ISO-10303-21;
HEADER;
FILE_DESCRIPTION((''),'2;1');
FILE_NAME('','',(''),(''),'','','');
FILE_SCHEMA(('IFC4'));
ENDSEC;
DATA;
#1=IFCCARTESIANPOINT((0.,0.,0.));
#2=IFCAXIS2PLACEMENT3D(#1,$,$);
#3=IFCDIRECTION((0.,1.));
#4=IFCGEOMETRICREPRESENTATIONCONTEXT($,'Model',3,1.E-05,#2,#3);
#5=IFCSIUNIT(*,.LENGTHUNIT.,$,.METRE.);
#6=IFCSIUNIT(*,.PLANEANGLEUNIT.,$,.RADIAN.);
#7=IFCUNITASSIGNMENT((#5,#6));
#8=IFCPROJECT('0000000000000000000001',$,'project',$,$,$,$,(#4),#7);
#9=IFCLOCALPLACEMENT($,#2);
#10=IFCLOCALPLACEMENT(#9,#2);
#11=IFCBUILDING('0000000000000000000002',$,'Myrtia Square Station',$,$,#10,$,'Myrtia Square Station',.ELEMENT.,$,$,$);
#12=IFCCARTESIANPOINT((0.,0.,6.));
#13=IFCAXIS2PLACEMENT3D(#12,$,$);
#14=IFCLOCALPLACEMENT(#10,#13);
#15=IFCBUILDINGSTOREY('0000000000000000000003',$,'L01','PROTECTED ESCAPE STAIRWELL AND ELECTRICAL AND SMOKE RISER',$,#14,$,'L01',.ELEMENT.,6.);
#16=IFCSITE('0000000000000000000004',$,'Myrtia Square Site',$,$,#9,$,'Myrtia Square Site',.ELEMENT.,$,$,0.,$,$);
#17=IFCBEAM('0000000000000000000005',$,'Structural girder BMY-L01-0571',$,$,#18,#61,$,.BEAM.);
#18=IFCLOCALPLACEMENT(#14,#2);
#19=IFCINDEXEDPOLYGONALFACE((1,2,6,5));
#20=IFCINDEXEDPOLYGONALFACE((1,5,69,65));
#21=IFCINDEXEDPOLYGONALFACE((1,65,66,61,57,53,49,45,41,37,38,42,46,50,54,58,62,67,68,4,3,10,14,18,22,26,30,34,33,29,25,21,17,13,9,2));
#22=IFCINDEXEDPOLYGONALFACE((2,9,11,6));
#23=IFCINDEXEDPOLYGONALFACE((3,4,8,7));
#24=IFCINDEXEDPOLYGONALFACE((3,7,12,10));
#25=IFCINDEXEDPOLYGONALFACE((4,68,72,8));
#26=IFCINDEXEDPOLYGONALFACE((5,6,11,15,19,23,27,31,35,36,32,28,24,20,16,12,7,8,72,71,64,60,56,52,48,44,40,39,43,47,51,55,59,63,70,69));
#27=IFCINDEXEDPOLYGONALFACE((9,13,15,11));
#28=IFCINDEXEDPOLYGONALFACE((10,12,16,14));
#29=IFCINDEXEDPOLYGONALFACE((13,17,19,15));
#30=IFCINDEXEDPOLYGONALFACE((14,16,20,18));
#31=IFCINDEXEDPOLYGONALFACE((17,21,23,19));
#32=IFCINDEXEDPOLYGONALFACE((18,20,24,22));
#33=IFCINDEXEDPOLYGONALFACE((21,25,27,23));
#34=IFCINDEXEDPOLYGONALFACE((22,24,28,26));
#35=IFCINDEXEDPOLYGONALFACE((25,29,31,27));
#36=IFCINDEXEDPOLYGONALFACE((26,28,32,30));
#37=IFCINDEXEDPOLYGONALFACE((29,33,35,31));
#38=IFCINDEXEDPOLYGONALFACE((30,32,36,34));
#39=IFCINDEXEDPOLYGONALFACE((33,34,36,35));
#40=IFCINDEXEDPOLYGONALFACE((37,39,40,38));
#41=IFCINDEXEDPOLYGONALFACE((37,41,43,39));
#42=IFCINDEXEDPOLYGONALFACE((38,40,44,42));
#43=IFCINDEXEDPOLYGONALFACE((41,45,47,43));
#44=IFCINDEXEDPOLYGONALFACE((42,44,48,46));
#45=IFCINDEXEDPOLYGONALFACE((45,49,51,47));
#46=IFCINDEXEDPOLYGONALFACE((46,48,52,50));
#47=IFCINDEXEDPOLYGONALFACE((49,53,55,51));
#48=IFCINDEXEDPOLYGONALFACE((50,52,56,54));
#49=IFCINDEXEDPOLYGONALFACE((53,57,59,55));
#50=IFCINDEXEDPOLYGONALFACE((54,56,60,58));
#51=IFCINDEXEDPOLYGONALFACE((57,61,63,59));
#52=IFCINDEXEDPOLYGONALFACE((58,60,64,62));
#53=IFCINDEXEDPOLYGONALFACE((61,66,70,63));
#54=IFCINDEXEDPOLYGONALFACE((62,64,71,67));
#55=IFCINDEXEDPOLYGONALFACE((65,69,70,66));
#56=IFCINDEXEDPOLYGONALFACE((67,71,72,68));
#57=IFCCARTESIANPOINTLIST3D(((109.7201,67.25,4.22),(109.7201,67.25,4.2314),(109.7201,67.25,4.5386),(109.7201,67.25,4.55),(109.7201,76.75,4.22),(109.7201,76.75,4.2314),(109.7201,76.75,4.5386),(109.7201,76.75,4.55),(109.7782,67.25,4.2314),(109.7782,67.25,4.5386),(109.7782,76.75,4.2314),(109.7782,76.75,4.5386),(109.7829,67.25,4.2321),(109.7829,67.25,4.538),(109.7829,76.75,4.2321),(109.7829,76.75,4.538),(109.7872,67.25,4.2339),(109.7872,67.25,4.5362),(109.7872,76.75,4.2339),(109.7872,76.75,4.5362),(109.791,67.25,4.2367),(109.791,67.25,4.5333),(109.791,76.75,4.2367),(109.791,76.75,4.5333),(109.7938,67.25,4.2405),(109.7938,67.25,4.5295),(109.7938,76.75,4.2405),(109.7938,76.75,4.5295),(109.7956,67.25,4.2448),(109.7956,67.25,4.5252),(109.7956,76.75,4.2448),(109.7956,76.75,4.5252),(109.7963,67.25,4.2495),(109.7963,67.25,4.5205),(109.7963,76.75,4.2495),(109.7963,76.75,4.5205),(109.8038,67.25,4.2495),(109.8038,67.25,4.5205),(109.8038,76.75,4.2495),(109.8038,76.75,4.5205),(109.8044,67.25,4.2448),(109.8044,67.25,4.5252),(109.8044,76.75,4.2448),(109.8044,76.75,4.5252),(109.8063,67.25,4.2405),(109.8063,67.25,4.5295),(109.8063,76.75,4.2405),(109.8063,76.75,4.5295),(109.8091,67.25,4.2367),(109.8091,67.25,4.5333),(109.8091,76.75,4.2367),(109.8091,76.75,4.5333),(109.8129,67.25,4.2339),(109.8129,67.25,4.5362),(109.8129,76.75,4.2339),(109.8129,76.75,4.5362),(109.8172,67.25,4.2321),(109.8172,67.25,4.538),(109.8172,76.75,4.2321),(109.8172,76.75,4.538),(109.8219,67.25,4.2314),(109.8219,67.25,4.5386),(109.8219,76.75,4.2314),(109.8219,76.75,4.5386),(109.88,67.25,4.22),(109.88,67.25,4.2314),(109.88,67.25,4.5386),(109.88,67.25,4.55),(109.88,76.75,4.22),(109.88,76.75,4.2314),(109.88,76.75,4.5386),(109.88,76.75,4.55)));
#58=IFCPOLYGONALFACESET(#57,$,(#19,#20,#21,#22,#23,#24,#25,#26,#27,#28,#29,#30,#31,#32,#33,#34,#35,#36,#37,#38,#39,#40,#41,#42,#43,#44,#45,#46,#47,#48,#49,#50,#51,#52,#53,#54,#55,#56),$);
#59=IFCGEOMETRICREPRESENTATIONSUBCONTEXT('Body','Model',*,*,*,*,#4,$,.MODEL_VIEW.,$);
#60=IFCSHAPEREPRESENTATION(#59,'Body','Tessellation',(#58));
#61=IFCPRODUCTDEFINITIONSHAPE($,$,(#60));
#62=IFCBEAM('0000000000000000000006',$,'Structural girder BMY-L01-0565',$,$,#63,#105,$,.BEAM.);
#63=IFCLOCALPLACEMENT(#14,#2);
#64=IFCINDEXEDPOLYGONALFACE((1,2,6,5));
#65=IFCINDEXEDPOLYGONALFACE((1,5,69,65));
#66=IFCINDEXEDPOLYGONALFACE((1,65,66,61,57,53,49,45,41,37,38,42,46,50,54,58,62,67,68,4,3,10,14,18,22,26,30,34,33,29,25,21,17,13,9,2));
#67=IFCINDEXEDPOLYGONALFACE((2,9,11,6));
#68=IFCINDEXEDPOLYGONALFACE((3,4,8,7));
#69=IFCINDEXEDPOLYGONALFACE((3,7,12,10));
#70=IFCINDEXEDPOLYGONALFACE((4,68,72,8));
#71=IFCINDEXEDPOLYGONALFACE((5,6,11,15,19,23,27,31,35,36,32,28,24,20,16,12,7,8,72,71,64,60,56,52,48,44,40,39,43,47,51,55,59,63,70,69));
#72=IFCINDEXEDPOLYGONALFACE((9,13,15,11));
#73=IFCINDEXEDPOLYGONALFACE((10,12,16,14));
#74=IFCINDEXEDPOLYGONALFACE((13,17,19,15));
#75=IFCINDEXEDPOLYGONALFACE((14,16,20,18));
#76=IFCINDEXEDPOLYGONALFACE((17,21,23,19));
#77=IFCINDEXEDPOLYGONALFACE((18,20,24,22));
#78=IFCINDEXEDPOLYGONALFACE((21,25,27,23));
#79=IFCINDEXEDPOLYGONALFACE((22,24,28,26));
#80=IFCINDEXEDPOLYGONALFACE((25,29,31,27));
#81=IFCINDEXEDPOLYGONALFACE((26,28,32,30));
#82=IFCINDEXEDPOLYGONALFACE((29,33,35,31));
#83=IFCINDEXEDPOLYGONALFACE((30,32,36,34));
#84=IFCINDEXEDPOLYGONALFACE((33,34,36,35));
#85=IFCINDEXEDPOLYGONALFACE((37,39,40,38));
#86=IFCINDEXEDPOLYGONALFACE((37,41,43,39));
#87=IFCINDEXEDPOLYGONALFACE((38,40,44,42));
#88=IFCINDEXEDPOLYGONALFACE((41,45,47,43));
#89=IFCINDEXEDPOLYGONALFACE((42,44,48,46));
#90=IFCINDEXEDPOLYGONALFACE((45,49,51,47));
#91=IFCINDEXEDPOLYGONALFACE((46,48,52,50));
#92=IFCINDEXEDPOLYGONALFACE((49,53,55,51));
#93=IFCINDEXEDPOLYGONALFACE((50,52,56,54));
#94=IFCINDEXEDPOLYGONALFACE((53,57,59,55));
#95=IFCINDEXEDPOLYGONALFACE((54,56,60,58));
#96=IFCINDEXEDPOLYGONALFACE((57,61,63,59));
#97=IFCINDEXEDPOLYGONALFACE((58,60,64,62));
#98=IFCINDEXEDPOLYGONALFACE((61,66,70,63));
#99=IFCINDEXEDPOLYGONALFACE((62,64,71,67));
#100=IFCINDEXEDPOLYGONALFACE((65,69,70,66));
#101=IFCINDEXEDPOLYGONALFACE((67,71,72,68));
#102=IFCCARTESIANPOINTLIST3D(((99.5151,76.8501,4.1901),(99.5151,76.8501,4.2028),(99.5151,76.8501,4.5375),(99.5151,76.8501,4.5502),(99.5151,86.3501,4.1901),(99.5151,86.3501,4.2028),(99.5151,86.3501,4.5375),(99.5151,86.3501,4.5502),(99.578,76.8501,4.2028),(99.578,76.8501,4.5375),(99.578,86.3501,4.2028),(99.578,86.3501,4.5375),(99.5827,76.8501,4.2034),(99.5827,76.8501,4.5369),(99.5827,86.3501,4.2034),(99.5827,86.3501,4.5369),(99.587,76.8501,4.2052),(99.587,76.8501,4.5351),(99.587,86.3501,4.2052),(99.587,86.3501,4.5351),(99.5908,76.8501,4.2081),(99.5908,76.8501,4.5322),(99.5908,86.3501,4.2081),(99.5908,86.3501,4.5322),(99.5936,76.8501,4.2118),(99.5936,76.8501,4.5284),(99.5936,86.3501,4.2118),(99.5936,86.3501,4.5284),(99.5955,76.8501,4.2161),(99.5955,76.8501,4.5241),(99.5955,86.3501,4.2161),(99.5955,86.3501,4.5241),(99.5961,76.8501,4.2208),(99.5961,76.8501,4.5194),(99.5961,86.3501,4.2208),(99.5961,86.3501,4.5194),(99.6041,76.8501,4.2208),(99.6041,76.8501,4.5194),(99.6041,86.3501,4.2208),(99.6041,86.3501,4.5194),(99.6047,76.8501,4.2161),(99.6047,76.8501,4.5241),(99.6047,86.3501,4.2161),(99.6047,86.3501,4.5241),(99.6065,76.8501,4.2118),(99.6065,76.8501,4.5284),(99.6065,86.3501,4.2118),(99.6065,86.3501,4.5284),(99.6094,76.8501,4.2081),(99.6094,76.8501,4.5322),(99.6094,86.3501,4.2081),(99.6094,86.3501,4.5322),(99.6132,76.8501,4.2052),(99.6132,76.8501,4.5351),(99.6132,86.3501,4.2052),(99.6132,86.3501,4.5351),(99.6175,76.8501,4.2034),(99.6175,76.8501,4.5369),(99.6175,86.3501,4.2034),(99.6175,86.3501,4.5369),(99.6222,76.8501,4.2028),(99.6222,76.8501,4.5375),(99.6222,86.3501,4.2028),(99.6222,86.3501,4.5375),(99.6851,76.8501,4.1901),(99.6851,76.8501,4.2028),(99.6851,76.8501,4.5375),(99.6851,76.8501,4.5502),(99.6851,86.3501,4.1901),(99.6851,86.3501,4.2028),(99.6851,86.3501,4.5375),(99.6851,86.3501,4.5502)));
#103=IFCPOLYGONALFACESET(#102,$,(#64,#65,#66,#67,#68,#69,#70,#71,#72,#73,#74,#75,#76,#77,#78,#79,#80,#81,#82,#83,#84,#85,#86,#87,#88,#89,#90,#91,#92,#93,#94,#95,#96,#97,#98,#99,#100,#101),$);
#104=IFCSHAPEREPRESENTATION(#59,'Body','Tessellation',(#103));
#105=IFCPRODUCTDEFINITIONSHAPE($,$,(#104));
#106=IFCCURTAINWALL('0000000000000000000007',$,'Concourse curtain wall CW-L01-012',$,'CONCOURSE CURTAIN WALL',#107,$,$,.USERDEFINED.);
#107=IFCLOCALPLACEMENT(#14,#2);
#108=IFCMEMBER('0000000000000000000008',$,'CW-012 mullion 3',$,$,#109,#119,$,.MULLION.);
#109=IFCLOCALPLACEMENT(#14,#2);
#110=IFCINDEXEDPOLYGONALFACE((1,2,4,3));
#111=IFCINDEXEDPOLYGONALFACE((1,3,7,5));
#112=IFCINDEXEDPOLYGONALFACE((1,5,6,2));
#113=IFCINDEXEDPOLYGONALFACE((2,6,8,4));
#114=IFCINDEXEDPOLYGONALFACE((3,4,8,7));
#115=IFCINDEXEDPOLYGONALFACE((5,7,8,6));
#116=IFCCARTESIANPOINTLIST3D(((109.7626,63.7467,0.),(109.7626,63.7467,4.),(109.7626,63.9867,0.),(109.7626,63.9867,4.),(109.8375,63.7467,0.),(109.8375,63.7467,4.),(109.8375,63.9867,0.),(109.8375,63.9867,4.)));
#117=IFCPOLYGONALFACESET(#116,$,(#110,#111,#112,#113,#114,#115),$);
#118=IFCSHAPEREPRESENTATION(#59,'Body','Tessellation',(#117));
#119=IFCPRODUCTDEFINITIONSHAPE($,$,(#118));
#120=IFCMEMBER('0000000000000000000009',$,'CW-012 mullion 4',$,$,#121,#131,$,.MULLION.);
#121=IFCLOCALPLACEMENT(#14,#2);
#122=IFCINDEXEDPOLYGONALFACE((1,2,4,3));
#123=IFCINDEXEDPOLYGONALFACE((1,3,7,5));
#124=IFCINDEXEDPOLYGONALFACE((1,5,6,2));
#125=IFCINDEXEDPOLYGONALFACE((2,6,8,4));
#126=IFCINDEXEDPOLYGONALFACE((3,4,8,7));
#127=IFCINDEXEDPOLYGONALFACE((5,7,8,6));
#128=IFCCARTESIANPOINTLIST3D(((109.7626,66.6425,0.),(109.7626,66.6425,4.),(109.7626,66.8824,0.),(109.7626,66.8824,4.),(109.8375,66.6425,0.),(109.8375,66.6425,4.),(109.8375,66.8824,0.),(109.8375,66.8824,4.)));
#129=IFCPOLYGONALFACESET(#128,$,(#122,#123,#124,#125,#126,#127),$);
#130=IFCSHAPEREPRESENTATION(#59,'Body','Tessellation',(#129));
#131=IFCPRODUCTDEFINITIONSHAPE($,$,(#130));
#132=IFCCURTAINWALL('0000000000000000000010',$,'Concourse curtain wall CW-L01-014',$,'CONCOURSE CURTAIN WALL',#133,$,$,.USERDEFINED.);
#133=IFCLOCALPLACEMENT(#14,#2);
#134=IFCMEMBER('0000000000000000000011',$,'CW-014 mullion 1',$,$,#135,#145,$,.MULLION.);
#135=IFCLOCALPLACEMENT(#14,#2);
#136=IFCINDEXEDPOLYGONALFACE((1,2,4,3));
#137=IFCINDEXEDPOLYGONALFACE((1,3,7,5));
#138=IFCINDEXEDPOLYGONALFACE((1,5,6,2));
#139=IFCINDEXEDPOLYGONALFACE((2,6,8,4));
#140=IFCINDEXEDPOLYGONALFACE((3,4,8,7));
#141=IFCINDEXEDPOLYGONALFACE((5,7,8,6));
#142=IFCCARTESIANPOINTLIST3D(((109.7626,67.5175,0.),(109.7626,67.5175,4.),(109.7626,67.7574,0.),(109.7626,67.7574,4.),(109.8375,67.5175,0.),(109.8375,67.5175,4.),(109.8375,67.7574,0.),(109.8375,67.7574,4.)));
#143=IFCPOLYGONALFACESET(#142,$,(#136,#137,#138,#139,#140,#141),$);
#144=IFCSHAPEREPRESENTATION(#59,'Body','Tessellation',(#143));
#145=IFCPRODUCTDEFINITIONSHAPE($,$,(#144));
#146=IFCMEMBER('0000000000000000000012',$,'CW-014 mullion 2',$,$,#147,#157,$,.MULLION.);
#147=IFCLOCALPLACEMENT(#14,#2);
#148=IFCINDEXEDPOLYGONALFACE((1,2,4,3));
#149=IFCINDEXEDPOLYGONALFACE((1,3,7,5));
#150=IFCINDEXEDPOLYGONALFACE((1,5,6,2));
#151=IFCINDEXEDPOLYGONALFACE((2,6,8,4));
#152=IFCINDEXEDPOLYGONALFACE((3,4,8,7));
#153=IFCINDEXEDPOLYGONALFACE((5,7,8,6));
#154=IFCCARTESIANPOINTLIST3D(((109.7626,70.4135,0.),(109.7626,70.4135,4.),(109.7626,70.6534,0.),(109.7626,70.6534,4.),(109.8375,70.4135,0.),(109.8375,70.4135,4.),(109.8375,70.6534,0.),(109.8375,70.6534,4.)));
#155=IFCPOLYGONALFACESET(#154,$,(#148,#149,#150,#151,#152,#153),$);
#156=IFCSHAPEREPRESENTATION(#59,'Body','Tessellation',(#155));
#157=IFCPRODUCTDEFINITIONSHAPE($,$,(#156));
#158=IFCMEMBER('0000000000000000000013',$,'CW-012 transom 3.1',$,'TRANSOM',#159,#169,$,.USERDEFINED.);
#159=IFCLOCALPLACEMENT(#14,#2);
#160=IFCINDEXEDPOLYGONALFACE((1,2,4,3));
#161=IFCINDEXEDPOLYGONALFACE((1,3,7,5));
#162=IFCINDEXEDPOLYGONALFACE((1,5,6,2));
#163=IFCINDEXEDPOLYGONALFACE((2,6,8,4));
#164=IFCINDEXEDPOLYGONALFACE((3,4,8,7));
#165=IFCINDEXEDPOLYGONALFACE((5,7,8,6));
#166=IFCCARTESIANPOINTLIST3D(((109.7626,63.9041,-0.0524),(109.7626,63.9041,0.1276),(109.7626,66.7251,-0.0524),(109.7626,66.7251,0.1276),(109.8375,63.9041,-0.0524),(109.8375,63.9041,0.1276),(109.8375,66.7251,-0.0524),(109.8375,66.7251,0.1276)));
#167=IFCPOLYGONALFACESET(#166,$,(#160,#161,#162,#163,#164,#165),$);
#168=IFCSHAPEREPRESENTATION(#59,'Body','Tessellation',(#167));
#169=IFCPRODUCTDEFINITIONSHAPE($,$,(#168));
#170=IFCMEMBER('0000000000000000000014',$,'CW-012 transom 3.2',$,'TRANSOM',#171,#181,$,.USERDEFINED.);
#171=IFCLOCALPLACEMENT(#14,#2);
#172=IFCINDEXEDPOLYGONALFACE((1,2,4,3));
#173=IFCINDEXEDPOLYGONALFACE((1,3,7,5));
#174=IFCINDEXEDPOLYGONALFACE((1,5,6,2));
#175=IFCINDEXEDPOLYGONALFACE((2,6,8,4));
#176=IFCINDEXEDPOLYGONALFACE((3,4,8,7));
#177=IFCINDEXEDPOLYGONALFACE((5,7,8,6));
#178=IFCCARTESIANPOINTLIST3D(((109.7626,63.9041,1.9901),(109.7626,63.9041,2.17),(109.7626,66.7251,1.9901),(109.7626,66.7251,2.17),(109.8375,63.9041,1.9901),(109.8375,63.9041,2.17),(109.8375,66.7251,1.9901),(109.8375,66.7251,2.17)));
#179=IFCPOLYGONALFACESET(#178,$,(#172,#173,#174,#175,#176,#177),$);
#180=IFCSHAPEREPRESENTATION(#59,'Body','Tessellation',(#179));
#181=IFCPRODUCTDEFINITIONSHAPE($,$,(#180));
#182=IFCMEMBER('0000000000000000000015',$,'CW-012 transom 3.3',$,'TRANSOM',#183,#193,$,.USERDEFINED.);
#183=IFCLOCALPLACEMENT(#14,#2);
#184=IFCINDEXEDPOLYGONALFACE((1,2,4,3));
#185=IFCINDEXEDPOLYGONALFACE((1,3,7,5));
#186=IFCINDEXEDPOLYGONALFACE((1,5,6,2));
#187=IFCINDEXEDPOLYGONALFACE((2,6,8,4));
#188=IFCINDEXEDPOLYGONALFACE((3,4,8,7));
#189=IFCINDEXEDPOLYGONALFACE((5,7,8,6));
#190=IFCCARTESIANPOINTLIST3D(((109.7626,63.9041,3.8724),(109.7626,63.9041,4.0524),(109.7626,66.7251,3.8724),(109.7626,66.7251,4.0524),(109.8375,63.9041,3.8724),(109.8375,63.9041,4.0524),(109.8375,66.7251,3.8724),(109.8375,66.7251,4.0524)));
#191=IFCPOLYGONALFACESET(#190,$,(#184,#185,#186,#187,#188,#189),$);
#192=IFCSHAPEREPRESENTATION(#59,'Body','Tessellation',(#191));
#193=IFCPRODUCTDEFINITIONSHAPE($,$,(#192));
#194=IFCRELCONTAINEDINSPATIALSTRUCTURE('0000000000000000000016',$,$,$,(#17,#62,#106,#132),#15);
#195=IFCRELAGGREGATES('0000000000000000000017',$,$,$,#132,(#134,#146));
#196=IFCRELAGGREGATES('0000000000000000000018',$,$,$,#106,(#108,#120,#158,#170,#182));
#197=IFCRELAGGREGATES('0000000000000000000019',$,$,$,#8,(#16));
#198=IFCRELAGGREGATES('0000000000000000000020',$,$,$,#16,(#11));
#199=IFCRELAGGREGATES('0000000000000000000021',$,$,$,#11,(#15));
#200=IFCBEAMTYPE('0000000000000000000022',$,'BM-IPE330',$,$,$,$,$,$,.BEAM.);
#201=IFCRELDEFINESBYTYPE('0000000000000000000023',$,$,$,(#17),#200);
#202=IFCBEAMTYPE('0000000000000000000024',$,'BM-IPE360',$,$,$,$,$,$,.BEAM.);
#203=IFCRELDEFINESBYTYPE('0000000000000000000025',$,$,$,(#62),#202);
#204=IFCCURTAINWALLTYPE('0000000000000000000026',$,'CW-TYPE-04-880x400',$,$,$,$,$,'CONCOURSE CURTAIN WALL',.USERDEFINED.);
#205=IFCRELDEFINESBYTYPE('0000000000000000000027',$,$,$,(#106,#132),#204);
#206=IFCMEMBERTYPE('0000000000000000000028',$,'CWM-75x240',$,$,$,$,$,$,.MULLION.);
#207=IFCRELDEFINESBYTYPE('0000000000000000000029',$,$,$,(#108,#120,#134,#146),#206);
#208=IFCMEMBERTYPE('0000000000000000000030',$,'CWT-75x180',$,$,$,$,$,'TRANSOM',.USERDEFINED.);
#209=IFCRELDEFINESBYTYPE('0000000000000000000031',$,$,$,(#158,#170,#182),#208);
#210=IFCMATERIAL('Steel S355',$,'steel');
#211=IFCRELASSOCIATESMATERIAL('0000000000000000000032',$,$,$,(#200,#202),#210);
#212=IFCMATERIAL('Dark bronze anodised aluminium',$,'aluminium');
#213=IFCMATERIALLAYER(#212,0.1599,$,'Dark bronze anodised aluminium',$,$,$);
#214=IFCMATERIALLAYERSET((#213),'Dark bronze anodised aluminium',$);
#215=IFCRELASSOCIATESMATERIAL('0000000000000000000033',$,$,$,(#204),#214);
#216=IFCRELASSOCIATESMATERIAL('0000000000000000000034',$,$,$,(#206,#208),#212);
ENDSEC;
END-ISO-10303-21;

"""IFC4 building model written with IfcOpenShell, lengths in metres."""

from ifc_helpers import new_model, si_unit, direction, frame, origin, origin_2d, place, context, subcontext, project, spatial, rectangle, i_section, extrude, material, layer, layer_set, material_profile, profile_set, type_object, element, aggregate, save


model = new_model("IFC4")

# Units and contexts
model_context = context("Model", 3, precision=1e-05, world=origin(), true_north=direction((0.0, 1.0)))
body_context = subcontext(model_context, "Body", "Model", "MODEL_VIEW")
ifc_project = project(units=[si_unit("LENGTHUNIT", "METRE"), si_unit("PLANEANGLEUNIT", "RADIAN")], contexts=[model_context])

# Site, building, storey
site_placement = place(None, origin())
site = spatial("IfcSite", under=ifc_project, at=site_placement, Name="Myrtia Square Site", LongName="Myrtia Square Site", CompositionType="ELEMENT", RefElevation=0.0)
building_placement = place(site_placement, origin())
building = spatial("IfcBuilding", under=site, at=building_placement, Name="Myrtia Square Station", LongName="Myrtia Square Station", CompositionType="ELEMENT")
storey_placement = place(building_placement, frame((0.0, 0.0, 6.0)))
storey = spatial("IfcBuildingStorey", under=building, at=storey_placement, Name="L01", Description="PROTECTED ESCAPE STAIRWELL AND ELECTRICAL AND SMOKE RISER", LongName="L01", CompositionType="ELEMENT", Elevation=6.0)

# Shared definitions
ifc_material_1 = material(Name="Steel S355", Category="steel")

# Beams
ifc_material_profile_1 = material_profile(ifc_material_1, i_section(OverallWidth=0.1599, OverallDepth=0.3301, WebThickness=0.0076, FlangeThickness=0.0115, FilletRadius=0.0181, at=origin_2d()), Name="IPE 330")
ifc_profile_set_1 = profile_set([ifc_material_profile_1], Name="Steel S355")
beam_type_1 = type_object("IfcBeamType", Name="BM-IPE330", PredefinedType="BEAM", material=ifc_profile_set_1)
beam_1_placement = place(storey_placement, frame((109.8, 67.25, 4.385), z_axis=(0.0, 1.0, 0.0), x_axis=(-1.0, 0.0, 0.0)))
element("IfcBeam", 1, at=beam_1_placement, inside=storey, type_object=beam_type_1, Name="Structural girder BMY-L01-0571", PredefinedType="BEAM", context=body_context, shape_type="SweptSolid", body=[
    extrude(i_section(OverallWidth=0.1599, OverallDepth=0.3301, WebThickness=0.0076, FlangeThickness=0.0115, FilletRadius=0.0181, at=origin_2d()), origin(), (0.0, 0.0, 1.0), 9.5),
])
ifc_material_profile_2 = material_profile(ifc_material_1, i_section(OverallWidth=0.1699, OverallDepth=0.3601, WebThickness=0.0081, FlangeThickness=0.0127, FilletRadius=0.0181, at=origin_2d()), Name="IPE 360")
ifc_profile_set_2 = profile_set([ifc_material_profile_2], Name="Steel S355")
beam_type_2 = type_object("IfcBeamType", Name="BM-IPE360", PredefinedType="BEAM", material=ifc_profile_set_2)
beam_2_placement = place(storey_placement, frame((99.6001, 76.8501, 4.3701), z_axis=(0.0, 1.0, 0.0), x_axis=(-1.0, 0.0, 0.0)))
element("IfcBeam", 2, at=beam_2_placement, inside=storey, type_object=beam_type_2, Name="Structural girder BMY-L01-0565", PredefinedType="BEAM", context=body_context, shape_type="SweptSolid", body=[
    extrude(i_section(OverallWidth=0.1699, OverallDepth=0.3601, WebThickness=0.0081, FlangeThickness=0.0127, FilletRadius=0.0181, at=origin_2d()), origin(), (0.0, 0.0, 1.0), 9.5),
])

# Curtain walls, members
ifc_material_2 = material(Name="Dark bronze anodised aluminium", Category="aluminium")
ifc_layer_1 = layer(ifc_material_2, 0.1599, Name="Dark bronze anodised aluminium")
ifc_layer_set_1 = layer_set([ifc_layer_1], Name="Dark bronze anodised aluminium")
curtain_wall_type = type_object("IfcCurtainWallType", Name="CW-TYPE-04-880x400", ElementType="CONCOURSE CURTAIN WALL", PredefinedType="USERDEFINED", material=ifc_layer_set_1)
curtain_wall_1_placement = place(storey_placement, origin())
curtain_wall_1 = element("IfcCurtainWall", 3, at=curtain_wall_1_placement, inside=storey, type_object=curtain_wall_type, Name="Concourse curtain wall CW-L01-012", ObjectType="CONCOURSE CURTAIN WALL", PredefinedType="USERDEFINED")
ifc_material_profile_3 = material_profile(ifc_material_2, rectangle(XDim=0.075, YDim=0.24, at=origin_2d()), Name="ALU-M 75x240")
ifc_profile_set_3 = profile_set([ifc_material_profile_3], Name="Dark bronze anodised aluminium")
member_type_1 = type_object("IfcMemberType", Name="CWM-75x240", PredefinedType="MULLION", material=ifc_profile_set_3)
member_1_placement = place(storey_placement, frame((109.8, 63.8667, 0.0), z_axis=(0.0, 0.0, 1.0), x_axis=(-1.0, 0.0, 0.0)))
member_1 = element("IfcMember", 4, at=member_1_placement, type_object=member_type_1, Name="CW-012 mullion 3", PredefinedType="MULLION", context=body_context, shape_type="SweptSolid", body=[
    extrude(rectangle(XDim=0.075, YDim=0.24, at=origin_2d()), origin(), (0.0, 0.0, 1.0), 4.0),
])
member_2_placement = place(storey_placement, frame((109.8, 66.7625, 0.0), z_axis=(0.0, 0.0, 1.0), x_axis=(-1.0, 0.0, 0.0)))
member_2 = element("IfcMember", 5, at=member_2_placement, type_object=member_type_1, Name="CW-012 mullion 4", PredefinedType="MULLION", context=body_context, shape_type="SweptSolid", body=[
    extrude(rectangle(XDim=0.075, YDim=0.24, at=origin_2d()), origin(), (0.0, 0.0, 1.0), 4.0),
])
curtain_wall_2_placement = place(storey_placement, origin())
curtain_wall_2 = element("IfcCurtainWall", 6, at=curtain_wall_2_placement, inside=storey, type_object=curtain_wall_type, Name="Concourse curtain wall CW-L01-014", ObjectType="CONCOURSE CURTAIN WALL", PredefinedType="USERDEFINED")
member_3_placement = place(storey_placement, frame((109.8, 67.6375, 0.0), z_axis=(0.0, 0.0, 1.0), x_axis=(-1.0, 0.0, 0.0)))
member_3 = element("IfcMember", 7, at=member_3_placement, type_object=member_type_1, Name="CW-014 mullion 1", PredefinedType="MULLION", context=body_context, shape_type="SweptSolid", body=[
    extrude(rectangle(XDim=0.075, YDim=0.24, at=origin_2d()), origin(), (0.0, 0.0, 1.0), 4.0),
])
member_4_placement = place(storey_placement, frame((109.8, 70.5334, 0.0), z_axis=(0.0, 0.0, 1.0), x_axis=(-1.0, 0.0, 0.0)))
member_4 = element("IfcMember", 8, at=member_4_placement, type_object=member_type_1, Name="CW-014 mullion 2", PredefinedType="MULLION", context=body_context, shape_type="SweptSolid", body=[
    extrude(rectangle(XDim=0.075, YDim=0.24, at=origin_2d()), origin(), (0.0, 0.0, 1.0), 4.0),
])

# Members
ifc_material_profile_4 = material_profile(ifc_material_2, rectangle(XDim=0.075, YDim=0.1799, at=origin_2d()), Name="ALU-T 75x180")
ifc_profile_set_4 = profile_set([ifc_material_profile_4], Name="Dark bronze anodised aluminium")
member_type_2 = type_object("IfcMemberType", Name="CWT-75x180", ElementType="TRANSOM", PredefinedType="USERDEFINED", material=ifc_profile_set_4)
member_5_placement = place(storey_placement, frame((109.8, 63.9041, 0.0376), z_axis=(0.0, 1.0, 0.0), x_axis=(-1.0, 0.0, 0.0)))
member_5 = element("IfcMember", 9, at=member_5_placement, type_object=member_type_2, Name="CW-012 transom 3.1", ObjectType="TRANSOM", PredefinedType="USERDEFINED", context=body_context, shape_type="SweptSolid", body=[
    extrude(rectangle(XDim=0.075, YDim=0.1799, at=origin_2d()), origin(), (0.0, 0.0, 1.0), 2.821),
])
member_6_placement = place(storey_placement, frame((109.8, 63.9041, 2.0801), z_axis=(0.0, 1.0, 0.0), x_axis=(-1.0, 0.0, 0.0)))
member_6 = element("IfcMember", 10, at=member_6_placement, type_object=member_type_2, Name="CW-012 transom 3.2", ObjectType="TRANSOM", PredefinedType="USERDEFINED", context=body_context, shape_type="SweptSolid", body=[
    extrude(rectangle(XDim=0.075, YDim=0.1799, at=origin_2d()), origin(), (0.0, 0.0, 1.0), 2.821),
])
member_7_placement = place(storey_placement, frame((109.8, 63.9041, 3.9624), z_axis=(0.0, 1.0, 0.0), x_axis=(-1.0, 0.0, 0.0)))
member_7 = element("IfcMember", 11, at=member_7_placement, type_object=member_type_2, Name="CW-012 transom 3.3", ObjectType="TRANSOM", PredefinedType="USERDEFINED", context=body_context, shape_type="SweptSolid", body=[
    extrude(rectangle(XDim=0.075, YDim=0.1799, at=origin_2d()), origin(), (0.0, 0.0, 1.0), 2.821),
])

aggregate(curtain_wall_2, [member_3, member_4])
aggregate(curtain_wall_1, [member_1, member_2, member_5, member_6, member_7])

save(model, "model.ifc")
